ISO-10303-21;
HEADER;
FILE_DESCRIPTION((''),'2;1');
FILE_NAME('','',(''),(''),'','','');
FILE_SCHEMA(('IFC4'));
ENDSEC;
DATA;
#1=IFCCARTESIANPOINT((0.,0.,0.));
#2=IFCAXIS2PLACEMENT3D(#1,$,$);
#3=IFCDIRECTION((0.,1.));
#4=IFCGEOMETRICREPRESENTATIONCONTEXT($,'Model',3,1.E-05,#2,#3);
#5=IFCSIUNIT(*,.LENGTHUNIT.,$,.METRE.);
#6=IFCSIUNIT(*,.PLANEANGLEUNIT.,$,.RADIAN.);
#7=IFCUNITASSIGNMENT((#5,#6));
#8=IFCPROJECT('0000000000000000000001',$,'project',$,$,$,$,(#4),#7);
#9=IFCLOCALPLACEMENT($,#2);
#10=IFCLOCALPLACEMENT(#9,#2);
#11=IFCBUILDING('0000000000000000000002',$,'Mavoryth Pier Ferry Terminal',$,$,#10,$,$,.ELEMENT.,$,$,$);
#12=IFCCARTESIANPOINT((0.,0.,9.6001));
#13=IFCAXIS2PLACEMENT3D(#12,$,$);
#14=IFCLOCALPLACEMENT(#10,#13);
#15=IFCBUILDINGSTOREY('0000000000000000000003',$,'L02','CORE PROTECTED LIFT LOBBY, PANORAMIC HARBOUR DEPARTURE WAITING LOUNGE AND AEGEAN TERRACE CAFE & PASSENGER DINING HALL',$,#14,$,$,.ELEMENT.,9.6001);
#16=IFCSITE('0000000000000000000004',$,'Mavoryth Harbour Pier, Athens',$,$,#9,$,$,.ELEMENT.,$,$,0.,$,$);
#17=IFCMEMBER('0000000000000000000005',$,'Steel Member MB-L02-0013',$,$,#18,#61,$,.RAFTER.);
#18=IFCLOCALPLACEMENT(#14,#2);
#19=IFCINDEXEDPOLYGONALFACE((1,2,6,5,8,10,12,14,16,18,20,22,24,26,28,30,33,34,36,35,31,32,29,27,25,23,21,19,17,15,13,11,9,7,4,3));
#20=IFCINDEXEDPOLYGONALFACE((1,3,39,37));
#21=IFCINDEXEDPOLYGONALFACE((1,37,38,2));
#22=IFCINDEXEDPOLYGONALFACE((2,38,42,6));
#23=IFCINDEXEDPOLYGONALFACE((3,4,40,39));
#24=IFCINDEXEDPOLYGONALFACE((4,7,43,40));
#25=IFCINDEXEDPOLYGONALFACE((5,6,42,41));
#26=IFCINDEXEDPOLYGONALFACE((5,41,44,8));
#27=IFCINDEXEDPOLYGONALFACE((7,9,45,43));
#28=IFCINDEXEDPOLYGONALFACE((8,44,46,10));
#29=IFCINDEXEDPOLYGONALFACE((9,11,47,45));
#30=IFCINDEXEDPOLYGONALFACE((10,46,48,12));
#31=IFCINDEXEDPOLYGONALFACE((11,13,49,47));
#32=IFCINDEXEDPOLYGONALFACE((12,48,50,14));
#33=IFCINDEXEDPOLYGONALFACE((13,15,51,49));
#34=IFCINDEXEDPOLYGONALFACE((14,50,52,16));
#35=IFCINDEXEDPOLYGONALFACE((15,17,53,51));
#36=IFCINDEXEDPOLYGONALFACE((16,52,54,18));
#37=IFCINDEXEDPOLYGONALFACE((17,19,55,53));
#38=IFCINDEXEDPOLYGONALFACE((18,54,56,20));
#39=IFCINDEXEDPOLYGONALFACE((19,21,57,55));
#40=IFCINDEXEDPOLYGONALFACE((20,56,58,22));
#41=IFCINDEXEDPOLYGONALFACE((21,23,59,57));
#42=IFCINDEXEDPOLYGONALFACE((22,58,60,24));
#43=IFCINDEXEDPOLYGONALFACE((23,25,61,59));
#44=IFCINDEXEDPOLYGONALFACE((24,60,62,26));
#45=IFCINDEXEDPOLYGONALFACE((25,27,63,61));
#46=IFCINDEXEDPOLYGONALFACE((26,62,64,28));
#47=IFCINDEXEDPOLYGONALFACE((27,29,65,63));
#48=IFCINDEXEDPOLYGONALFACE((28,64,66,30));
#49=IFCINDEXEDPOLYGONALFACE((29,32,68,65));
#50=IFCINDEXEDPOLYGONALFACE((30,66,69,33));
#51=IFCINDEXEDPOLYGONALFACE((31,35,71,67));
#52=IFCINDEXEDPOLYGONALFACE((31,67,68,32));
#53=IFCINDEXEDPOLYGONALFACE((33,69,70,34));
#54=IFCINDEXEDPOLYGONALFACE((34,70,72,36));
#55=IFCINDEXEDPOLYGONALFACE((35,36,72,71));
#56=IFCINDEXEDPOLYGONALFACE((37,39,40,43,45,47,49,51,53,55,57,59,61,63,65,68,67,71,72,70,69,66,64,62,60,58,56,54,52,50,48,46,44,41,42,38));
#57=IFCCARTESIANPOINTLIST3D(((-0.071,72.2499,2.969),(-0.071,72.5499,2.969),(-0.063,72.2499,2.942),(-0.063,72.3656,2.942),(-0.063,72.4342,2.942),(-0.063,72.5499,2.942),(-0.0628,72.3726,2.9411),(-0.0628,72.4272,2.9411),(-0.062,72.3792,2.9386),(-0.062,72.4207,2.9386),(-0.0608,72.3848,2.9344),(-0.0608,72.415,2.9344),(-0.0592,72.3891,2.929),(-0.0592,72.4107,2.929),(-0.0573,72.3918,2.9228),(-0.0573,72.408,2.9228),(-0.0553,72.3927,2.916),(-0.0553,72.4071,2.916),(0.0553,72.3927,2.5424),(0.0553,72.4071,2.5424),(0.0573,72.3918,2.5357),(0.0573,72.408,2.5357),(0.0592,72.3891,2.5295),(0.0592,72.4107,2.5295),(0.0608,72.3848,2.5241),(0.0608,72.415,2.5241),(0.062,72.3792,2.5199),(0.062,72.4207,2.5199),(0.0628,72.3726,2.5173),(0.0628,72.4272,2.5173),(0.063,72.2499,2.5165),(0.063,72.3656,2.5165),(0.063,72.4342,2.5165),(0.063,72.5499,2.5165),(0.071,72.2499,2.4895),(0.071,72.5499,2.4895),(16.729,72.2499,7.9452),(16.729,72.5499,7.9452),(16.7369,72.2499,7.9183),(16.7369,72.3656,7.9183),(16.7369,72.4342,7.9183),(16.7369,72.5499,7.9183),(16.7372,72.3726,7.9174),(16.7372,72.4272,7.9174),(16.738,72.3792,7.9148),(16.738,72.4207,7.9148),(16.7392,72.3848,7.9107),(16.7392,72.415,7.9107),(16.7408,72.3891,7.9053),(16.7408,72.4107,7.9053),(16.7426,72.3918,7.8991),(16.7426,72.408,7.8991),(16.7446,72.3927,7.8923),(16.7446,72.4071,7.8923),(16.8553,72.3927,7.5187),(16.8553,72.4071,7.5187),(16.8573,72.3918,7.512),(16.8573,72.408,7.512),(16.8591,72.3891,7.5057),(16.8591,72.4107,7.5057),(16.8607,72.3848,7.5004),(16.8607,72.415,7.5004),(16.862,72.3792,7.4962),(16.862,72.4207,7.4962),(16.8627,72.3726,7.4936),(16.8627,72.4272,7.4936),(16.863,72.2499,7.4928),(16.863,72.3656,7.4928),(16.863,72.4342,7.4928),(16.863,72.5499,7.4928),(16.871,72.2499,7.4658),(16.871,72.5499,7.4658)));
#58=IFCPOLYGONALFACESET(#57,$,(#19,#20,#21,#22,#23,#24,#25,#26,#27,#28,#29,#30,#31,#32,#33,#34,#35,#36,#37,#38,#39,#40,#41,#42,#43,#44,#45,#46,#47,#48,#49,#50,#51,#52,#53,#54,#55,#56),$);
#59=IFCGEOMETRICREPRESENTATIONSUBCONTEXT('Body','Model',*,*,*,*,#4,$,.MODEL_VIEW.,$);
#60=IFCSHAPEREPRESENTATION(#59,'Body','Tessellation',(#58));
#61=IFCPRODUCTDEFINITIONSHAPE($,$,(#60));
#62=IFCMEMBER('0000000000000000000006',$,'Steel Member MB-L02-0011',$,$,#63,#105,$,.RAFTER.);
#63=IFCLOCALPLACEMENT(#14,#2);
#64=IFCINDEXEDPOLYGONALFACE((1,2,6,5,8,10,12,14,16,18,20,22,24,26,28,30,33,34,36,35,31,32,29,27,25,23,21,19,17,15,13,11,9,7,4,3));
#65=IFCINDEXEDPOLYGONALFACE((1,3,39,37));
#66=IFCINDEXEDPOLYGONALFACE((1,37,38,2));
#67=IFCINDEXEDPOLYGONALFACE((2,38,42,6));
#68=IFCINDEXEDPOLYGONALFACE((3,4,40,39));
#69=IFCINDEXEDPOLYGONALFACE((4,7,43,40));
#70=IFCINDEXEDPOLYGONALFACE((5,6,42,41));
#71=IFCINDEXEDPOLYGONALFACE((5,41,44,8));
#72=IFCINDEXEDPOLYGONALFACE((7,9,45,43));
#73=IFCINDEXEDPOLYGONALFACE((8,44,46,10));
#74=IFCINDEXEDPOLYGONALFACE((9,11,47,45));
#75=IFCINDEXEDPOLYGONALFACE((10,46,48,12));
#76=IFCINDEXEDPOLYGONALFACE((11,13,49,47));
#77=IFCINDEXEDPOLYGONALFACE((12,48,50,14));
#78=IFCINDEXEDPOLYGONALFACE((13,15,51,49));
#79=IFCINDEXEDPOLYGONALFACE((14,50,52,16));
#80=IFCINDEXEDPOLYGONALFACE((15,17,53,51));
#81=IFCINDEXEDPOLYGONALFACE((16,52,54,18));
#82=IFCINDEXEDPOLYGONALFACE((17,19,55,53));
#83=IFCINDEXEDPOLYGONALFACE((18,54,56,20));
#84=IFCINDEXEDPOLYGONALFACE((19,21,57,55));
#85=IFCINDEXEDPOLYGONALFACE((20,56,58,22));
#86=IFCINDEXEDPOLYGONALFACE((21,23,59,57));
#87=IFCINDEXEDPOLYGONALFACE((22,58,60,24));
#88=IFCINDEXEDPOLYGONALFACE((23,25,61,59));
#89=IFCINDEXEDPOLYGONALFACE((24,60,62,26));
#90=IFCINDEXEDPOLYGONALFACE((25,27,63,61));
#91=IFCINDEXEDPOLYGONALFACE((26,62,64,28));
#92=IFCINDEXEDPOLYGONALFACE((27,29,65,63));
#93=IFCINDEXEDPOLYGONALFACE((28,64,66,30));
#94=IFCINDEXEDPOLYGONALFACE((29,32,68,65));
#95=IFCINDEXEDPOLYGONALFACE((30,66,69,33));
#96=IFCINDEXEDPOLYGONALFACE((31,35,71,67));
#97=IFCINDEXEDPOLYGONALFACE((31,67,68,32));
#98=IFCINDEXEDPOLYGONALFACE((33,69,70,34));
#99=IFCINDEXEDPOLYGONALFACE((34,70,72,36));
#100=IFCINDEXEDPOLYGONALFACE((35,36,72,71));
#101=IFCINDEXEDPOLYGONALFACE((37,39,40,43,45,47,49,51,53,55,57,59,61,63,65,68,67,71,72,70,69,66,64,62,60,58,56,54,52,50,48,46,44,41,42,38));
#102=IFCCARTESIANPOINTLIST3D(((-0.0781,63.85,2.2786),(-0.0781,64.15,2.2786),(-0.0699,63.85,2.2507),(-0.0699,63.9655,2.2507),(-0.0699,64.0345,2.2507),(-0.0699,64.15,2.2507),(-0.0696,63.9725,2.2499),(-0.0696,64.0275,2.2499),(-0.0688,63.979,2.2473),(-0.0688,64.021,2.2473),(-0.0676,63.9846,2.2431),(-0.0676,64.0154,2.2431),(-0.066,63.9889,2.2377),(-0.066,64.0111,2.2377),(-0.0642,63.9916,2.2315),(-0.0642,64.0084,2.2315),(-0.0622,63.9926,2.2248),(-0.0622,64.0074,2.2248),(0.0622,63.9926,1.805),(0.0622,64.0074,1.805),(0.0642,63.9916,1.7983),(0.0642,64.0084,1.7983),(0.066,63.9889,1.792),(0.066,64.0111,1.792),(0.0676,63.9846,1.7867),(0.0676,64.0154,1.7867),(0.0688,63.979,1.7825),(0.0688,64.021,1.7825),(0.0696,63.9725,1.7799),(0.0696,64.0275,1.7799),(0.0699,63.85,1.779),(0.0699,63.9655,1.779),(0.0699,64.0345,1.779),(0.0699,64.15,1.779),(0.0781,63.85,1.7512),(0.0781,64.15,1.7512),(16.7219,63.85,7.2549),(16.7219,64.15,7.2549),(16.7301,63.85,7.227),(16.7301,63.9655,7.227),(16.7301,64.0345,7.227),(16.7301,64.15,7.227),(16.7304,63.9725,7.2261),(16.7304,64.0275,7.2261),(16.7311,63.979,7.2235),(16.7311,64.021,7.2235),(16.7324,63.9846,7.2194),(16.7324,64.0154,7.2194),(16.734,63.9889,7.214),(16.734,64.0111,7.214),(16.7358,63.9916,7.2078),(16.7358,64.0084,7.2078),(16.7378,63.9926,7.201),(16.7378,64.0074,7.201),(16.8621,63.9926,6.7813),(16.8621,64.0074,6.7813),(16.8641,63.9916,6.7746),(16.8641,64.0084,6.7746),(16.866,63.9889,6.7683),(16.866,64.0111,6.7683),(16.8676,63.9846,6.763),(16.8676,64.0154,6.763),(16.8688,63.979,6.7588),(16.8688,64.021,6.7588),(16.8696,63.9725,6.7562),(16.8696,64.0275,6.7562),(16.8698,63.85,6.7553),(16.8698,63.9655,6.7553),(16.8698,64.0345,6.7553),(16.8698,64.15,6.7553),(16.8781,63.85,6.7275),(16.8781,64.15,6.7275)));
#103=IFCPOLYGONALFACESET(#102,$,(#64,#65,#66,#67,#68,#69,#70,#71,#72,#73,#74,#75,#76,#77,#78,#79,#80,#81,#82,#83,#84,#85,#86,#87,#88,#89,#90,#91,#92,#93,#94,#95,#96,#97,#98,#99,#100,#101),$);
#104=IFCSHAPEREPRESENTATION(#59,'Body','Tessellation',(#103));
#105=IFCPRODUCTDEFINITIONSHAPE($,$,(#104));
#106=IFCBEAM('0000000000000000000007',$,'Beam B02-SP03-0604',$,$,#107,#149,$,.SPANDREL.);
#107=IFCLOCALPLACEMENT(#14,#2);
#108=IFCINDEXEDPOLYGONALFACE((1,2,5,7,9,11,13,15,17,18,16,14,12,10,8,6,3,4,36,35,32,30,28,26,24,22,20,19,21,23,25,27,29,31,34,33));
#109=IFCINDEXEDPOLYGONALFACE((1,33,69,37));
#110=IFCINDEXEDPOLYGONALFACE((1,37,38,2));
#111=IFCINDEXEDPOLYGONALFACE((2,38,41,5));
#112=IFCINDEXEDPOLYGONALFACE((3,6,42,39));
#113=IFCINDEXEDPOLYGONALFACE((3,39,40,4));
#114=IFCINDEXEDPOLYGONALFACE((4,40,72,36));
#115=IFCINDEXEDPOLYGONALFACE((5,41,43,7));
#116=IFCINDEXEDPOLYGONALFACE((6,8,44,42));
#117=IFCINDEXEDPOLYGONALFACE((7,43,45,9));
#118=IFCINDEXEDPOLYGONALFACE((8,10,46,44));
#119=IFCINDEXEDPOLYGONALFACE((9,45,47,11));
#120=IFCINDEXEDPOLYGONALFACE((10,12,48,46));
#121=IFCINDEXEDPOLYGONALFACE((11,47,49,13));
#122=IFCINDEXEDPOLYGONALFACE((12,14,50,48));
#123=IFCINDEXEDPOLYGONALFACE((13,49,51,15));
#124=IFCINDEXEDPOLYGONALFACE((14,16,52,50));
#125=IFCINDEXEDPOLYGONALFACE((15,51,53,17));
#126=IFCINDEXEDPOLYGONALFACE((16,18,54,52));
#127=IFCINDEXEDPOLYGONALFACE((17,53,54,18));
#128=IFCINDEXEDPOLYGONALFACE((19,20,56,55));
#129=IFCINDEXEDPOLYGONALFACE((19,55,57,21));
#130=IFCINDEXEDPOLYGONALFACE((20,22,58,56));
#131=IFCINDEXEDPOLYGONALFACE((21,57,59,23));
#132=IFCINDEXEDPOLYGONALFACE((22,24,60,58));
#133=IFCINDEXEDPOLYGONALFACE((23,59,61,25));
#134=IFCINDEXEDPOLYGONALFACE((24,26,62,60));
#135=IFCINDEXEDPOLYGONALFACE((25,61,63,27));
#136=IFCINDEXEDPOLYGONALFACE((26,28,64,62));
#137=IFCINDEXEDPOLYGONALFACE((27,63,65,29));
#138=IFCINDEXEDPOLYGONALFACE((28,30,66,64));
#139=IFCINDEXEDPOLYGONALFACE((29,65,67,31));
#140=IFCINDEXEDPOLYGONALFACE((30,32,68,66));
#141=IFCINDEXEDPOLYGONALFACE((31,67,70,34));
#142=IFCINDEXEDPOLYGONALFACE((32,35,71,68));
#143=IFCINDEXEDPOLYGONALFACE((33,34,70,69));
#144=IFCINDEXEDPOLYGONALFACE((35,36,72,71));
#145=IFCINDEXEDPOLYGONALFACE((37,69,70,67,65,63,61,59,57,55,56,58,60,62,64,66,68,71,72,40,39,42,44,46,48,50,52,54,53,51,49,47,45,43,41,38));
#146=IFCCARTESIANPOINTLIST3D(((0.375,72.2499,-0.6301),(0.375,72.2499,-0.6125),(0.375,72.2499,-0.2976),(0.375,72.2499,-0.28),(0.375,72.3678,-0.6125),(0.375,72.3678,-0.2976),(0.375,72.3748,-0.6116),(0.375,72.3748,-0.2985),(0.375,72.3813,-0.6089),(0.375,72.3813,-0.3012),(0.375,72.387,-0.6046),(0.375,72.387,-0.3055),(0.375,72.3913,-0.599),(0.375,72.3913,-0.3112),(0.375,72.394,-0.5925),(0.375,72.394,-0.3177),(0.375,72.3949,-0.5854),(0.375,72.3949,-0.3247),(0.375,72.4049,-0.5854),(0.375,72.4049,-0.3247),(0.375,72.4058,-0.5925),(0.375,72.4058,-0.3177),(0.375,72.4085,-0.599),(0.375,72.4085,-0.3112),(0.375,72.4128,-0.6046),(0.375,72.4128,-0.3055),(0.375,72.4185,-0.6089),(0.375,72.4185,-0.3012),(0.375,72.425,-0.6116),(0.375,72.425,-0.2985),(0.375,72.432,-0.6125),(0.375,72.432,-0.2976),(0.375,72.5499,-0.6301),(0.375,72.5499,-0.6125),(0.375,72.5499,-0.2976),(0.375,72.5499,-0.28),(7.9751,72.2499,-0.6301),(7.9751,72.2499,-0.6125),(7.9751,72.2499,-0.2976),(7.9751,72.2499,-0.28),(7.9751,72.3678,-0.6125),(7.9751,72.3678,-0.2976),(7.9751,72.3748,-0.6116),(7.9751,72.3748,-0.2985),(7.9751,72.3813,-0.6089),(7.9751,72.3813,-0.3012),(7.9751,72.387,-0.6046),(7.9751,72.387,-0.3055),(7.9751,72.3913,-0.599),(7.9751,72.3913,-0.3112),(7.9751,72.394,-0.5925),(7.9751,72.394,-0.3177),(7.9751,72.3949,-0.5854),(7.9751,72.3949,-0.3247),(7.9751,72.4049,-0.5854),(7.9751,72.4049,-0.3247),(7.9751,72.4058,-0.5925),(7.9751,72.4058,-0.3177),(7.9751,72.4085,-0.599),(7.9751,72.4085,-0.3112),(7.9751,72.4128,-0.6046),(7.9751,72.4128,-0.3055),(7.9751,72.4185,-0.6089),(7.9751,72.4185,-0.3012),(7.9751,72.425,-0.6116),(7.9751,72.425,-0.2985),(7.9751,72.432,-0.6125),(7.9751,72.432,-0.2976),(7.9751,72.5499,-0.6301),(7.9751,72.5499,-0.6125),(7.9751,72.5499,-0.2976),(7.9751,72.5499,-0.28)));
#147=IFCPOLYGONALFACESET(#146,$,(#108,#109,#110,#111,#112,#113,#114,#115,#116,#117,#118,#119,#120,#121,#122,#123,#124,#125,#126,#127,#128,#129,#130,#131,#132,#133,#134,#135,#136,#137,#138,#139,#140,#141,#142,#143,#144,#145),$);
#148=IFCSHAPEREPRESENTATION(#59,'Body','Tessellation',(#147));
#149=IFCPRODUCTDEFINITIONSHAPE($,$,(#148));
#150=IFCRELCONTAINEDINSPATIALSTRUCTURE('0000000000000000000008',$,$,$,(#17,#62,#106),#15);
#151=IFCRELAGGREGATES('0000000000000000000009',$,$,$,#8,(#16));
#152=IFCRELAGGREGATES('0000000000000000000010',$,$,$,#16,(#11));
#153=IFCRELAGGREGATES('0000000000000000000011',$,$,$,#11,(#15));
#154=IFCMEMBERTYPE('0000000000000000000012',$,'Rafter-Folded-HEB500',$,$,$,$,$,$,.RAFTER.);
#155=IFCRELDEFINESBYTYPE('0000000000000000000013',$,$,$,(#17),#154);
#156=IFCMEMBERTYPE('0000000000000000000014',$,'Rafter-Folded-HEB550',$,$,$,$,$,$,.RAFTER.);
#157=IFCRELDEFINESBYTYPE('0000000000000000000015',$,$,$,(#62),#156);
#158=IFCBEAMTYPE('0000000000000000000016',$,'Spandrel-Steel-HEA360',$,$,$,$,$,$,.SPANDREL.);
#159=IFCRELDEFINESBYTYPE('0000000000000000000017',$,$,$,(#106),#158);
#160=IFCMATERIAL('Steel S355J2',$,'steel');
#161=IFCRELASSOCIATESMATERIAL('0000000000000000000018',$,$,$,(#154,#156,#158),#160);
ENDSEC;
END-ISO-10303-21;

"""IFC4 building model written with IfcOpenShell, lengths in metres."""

from ifc_helpers import new_model, si_unit, direction, frame, origin, origin_2d, place, context, subcontext, project, spatial, i_section, extrude, material, material_profile, profile_set, type_object, element, save


model = new_model("IFC4")

# Units and contexts
model_context = context("Model", 3, precision=1e-05, world=origin(), true_north=direction((0.0, 1.0)))
body_context = subcontext(model_context, "Body", "Model", "MODEL_VIEW")
ifc_project = project(units=[si_unit("LENGTHUNIT", "METRE"), si_unit("PLANEANGLEUNIT", "RADIAN")], contexts=[model_context])

# Site, building, storey
site_placement = place(None, origin())
site = spatial("IfcSite", under=ifc_project, at=site_placement, Name="Mavoryth Harbour Pier, Athens", CompositionType="ELEMENT", RefElevation=0.0)
building_placement = place(site_placement, origin())
building = spatial("IfcBuilding", under=site, at=building_placement, Name="Mavoryth Pier Ferry Terminal", CompositionType="ELEMENT")
storey_placement = place(building_placement, frame((0.0, 0.0, 9.6001)))
storey = spatial("IfcBuildingStorey", under=building, at=storey_placement, Name="L02", Description="CORE PROTECTED LIFT LOBBY, PANORAMIC HARBOUR DEPARTURE WAITING LOUNGE AND AEGEAN TERRACE CAFE & PASSENGER DINING HALL", CompositionType="ELEMENT", Elevation=9.6001)

# Shared definitions
ifc_material_1 = material(Name="Steel S355J2", Category="steel")

# Members
ifc_material_profile_1 = material_profile(ifc_material_1, i_section(OverallWidth=0.3, OverallDepth=0.5, WebThickness=0.0144, FlangeThickness=0.0281, FilletRadius=0.0271, at=origin_2d()), Name="HEB 500", Category="steel")
ifc_profile_set_1 = profile_set([ifc_material_profile_1], Name="Steel S355J2 - HEB 500")
member_type_1 = type_object("IfcMemberType", Name="Rafter-Folded-HEB500", PredefinedType="RAFTER", material=ifc_profile_set_1)
member_1_placement = place(storey_placement, frame((0.0, 72.3999, 2.7292), z_axis=(0.958821, 0.0, 0.284011), x_axis=(0.0, 1.0, 0.0)))
element("IfcMember", 1, at=member_1_placement, inside=storey, type_object=member_type_1, Name="Steel Member MB-L02-0013", PredefinedType="RAFTER", context=body_context, shape_type="SweptSolid", body=[
    extrude(i_section(OverallWidth=0.3, OverallDepth=0.5, WebThickness=0.0144, FlangeThickness=0.0281, FilletRadius=0.0271, at=origin_2d()), origin(), (0.0, 0.0, 1.0), 17.5215),
])
ifc_material_profile_2 = material_profile(ifc_material_1, i_section(OverallWidth=0.3, OverallDepth=0.55, WebThickness=0.0149, FlangeThickness=0.0291, FilletRadius=0.0271, at=origin_2d()), Name="HEB 550", Category="steel")
ifc_profile_set_2 = profile_set([ifc_material_profile_2], Name="Steel S355J2 - HEB 550")
member_type_2 = type_object("IfcMemberType", Name="Rafter-Folded-HEB550", PredefinedType="RAFTER", material=ifc_profile_set_2)
member_2_placement = place(storey_placement, frame((0.0, 64.0, 2.0149), z_axis=(0.958821, 0.0, 0.284011), x_axis=(0.0, 1.0, 0.0)))
element("IfcMember", 2, at=member_2_placement, inside=storey, type_object=member_type_2, Name="Steel Member MB-L02-0011", PredefinedType="RAFTER", context=body_context, shape_type="SweptSolid", body=[
    extrude(i_section(OverallWidth=0.3, OverallDepth=0.55, WebThickness=0.0149, FlangeThickness=0.0291, FilletRadius=0.0271, at=origin_2d()), origin(), (0.0, 0.0, 1.0), 17.5215),
])

# Beam
ifc_material_profile_3 = material_profile(ifc_material_1, i_section(OverallWidth=0.3, OverallDepth=0.3501, WebThickness=0.01, FlangeThickness=0.0176, FilletRadius=0.0271, at=origin_2d()), Name="HEA 360", Category="steel")
ifc_profile_set_3 = profile_set([ifc_material_profile_3], Name="Steel S355J2 - HEA 360")
beam_type = type_object("IfcBeamType", Name="Spandrel-Steel-HEA360", PredefinedType="SPANDREL", material=ifc_profile_set_3)
beam_placement = place(storey_placement, frame((0.375, 72.3999, -0.4551), z_axis=(1.0, 0.0, 0.0), x_axis=(0.0, 1.0, 0.0)))
element("IfcBeam", 3, at=beam_placement, inside=storey, type_object=beam_type, Name="Beam B02-SP03-0604", PredefinedType="SPANDREL", context=body_context, shape_type="SweptSolid", body=[
    extrude(i_section(OverallWidth=0.3, OverallDepth=0.3501, WebThickness=0.01, FlangeThickness=0.0176, FilletRadius=0.0271, at=origin_2d()), origin(), (0.0, 0.0, 1.0), 7.6001),
])

save(model, "model.ifc")
